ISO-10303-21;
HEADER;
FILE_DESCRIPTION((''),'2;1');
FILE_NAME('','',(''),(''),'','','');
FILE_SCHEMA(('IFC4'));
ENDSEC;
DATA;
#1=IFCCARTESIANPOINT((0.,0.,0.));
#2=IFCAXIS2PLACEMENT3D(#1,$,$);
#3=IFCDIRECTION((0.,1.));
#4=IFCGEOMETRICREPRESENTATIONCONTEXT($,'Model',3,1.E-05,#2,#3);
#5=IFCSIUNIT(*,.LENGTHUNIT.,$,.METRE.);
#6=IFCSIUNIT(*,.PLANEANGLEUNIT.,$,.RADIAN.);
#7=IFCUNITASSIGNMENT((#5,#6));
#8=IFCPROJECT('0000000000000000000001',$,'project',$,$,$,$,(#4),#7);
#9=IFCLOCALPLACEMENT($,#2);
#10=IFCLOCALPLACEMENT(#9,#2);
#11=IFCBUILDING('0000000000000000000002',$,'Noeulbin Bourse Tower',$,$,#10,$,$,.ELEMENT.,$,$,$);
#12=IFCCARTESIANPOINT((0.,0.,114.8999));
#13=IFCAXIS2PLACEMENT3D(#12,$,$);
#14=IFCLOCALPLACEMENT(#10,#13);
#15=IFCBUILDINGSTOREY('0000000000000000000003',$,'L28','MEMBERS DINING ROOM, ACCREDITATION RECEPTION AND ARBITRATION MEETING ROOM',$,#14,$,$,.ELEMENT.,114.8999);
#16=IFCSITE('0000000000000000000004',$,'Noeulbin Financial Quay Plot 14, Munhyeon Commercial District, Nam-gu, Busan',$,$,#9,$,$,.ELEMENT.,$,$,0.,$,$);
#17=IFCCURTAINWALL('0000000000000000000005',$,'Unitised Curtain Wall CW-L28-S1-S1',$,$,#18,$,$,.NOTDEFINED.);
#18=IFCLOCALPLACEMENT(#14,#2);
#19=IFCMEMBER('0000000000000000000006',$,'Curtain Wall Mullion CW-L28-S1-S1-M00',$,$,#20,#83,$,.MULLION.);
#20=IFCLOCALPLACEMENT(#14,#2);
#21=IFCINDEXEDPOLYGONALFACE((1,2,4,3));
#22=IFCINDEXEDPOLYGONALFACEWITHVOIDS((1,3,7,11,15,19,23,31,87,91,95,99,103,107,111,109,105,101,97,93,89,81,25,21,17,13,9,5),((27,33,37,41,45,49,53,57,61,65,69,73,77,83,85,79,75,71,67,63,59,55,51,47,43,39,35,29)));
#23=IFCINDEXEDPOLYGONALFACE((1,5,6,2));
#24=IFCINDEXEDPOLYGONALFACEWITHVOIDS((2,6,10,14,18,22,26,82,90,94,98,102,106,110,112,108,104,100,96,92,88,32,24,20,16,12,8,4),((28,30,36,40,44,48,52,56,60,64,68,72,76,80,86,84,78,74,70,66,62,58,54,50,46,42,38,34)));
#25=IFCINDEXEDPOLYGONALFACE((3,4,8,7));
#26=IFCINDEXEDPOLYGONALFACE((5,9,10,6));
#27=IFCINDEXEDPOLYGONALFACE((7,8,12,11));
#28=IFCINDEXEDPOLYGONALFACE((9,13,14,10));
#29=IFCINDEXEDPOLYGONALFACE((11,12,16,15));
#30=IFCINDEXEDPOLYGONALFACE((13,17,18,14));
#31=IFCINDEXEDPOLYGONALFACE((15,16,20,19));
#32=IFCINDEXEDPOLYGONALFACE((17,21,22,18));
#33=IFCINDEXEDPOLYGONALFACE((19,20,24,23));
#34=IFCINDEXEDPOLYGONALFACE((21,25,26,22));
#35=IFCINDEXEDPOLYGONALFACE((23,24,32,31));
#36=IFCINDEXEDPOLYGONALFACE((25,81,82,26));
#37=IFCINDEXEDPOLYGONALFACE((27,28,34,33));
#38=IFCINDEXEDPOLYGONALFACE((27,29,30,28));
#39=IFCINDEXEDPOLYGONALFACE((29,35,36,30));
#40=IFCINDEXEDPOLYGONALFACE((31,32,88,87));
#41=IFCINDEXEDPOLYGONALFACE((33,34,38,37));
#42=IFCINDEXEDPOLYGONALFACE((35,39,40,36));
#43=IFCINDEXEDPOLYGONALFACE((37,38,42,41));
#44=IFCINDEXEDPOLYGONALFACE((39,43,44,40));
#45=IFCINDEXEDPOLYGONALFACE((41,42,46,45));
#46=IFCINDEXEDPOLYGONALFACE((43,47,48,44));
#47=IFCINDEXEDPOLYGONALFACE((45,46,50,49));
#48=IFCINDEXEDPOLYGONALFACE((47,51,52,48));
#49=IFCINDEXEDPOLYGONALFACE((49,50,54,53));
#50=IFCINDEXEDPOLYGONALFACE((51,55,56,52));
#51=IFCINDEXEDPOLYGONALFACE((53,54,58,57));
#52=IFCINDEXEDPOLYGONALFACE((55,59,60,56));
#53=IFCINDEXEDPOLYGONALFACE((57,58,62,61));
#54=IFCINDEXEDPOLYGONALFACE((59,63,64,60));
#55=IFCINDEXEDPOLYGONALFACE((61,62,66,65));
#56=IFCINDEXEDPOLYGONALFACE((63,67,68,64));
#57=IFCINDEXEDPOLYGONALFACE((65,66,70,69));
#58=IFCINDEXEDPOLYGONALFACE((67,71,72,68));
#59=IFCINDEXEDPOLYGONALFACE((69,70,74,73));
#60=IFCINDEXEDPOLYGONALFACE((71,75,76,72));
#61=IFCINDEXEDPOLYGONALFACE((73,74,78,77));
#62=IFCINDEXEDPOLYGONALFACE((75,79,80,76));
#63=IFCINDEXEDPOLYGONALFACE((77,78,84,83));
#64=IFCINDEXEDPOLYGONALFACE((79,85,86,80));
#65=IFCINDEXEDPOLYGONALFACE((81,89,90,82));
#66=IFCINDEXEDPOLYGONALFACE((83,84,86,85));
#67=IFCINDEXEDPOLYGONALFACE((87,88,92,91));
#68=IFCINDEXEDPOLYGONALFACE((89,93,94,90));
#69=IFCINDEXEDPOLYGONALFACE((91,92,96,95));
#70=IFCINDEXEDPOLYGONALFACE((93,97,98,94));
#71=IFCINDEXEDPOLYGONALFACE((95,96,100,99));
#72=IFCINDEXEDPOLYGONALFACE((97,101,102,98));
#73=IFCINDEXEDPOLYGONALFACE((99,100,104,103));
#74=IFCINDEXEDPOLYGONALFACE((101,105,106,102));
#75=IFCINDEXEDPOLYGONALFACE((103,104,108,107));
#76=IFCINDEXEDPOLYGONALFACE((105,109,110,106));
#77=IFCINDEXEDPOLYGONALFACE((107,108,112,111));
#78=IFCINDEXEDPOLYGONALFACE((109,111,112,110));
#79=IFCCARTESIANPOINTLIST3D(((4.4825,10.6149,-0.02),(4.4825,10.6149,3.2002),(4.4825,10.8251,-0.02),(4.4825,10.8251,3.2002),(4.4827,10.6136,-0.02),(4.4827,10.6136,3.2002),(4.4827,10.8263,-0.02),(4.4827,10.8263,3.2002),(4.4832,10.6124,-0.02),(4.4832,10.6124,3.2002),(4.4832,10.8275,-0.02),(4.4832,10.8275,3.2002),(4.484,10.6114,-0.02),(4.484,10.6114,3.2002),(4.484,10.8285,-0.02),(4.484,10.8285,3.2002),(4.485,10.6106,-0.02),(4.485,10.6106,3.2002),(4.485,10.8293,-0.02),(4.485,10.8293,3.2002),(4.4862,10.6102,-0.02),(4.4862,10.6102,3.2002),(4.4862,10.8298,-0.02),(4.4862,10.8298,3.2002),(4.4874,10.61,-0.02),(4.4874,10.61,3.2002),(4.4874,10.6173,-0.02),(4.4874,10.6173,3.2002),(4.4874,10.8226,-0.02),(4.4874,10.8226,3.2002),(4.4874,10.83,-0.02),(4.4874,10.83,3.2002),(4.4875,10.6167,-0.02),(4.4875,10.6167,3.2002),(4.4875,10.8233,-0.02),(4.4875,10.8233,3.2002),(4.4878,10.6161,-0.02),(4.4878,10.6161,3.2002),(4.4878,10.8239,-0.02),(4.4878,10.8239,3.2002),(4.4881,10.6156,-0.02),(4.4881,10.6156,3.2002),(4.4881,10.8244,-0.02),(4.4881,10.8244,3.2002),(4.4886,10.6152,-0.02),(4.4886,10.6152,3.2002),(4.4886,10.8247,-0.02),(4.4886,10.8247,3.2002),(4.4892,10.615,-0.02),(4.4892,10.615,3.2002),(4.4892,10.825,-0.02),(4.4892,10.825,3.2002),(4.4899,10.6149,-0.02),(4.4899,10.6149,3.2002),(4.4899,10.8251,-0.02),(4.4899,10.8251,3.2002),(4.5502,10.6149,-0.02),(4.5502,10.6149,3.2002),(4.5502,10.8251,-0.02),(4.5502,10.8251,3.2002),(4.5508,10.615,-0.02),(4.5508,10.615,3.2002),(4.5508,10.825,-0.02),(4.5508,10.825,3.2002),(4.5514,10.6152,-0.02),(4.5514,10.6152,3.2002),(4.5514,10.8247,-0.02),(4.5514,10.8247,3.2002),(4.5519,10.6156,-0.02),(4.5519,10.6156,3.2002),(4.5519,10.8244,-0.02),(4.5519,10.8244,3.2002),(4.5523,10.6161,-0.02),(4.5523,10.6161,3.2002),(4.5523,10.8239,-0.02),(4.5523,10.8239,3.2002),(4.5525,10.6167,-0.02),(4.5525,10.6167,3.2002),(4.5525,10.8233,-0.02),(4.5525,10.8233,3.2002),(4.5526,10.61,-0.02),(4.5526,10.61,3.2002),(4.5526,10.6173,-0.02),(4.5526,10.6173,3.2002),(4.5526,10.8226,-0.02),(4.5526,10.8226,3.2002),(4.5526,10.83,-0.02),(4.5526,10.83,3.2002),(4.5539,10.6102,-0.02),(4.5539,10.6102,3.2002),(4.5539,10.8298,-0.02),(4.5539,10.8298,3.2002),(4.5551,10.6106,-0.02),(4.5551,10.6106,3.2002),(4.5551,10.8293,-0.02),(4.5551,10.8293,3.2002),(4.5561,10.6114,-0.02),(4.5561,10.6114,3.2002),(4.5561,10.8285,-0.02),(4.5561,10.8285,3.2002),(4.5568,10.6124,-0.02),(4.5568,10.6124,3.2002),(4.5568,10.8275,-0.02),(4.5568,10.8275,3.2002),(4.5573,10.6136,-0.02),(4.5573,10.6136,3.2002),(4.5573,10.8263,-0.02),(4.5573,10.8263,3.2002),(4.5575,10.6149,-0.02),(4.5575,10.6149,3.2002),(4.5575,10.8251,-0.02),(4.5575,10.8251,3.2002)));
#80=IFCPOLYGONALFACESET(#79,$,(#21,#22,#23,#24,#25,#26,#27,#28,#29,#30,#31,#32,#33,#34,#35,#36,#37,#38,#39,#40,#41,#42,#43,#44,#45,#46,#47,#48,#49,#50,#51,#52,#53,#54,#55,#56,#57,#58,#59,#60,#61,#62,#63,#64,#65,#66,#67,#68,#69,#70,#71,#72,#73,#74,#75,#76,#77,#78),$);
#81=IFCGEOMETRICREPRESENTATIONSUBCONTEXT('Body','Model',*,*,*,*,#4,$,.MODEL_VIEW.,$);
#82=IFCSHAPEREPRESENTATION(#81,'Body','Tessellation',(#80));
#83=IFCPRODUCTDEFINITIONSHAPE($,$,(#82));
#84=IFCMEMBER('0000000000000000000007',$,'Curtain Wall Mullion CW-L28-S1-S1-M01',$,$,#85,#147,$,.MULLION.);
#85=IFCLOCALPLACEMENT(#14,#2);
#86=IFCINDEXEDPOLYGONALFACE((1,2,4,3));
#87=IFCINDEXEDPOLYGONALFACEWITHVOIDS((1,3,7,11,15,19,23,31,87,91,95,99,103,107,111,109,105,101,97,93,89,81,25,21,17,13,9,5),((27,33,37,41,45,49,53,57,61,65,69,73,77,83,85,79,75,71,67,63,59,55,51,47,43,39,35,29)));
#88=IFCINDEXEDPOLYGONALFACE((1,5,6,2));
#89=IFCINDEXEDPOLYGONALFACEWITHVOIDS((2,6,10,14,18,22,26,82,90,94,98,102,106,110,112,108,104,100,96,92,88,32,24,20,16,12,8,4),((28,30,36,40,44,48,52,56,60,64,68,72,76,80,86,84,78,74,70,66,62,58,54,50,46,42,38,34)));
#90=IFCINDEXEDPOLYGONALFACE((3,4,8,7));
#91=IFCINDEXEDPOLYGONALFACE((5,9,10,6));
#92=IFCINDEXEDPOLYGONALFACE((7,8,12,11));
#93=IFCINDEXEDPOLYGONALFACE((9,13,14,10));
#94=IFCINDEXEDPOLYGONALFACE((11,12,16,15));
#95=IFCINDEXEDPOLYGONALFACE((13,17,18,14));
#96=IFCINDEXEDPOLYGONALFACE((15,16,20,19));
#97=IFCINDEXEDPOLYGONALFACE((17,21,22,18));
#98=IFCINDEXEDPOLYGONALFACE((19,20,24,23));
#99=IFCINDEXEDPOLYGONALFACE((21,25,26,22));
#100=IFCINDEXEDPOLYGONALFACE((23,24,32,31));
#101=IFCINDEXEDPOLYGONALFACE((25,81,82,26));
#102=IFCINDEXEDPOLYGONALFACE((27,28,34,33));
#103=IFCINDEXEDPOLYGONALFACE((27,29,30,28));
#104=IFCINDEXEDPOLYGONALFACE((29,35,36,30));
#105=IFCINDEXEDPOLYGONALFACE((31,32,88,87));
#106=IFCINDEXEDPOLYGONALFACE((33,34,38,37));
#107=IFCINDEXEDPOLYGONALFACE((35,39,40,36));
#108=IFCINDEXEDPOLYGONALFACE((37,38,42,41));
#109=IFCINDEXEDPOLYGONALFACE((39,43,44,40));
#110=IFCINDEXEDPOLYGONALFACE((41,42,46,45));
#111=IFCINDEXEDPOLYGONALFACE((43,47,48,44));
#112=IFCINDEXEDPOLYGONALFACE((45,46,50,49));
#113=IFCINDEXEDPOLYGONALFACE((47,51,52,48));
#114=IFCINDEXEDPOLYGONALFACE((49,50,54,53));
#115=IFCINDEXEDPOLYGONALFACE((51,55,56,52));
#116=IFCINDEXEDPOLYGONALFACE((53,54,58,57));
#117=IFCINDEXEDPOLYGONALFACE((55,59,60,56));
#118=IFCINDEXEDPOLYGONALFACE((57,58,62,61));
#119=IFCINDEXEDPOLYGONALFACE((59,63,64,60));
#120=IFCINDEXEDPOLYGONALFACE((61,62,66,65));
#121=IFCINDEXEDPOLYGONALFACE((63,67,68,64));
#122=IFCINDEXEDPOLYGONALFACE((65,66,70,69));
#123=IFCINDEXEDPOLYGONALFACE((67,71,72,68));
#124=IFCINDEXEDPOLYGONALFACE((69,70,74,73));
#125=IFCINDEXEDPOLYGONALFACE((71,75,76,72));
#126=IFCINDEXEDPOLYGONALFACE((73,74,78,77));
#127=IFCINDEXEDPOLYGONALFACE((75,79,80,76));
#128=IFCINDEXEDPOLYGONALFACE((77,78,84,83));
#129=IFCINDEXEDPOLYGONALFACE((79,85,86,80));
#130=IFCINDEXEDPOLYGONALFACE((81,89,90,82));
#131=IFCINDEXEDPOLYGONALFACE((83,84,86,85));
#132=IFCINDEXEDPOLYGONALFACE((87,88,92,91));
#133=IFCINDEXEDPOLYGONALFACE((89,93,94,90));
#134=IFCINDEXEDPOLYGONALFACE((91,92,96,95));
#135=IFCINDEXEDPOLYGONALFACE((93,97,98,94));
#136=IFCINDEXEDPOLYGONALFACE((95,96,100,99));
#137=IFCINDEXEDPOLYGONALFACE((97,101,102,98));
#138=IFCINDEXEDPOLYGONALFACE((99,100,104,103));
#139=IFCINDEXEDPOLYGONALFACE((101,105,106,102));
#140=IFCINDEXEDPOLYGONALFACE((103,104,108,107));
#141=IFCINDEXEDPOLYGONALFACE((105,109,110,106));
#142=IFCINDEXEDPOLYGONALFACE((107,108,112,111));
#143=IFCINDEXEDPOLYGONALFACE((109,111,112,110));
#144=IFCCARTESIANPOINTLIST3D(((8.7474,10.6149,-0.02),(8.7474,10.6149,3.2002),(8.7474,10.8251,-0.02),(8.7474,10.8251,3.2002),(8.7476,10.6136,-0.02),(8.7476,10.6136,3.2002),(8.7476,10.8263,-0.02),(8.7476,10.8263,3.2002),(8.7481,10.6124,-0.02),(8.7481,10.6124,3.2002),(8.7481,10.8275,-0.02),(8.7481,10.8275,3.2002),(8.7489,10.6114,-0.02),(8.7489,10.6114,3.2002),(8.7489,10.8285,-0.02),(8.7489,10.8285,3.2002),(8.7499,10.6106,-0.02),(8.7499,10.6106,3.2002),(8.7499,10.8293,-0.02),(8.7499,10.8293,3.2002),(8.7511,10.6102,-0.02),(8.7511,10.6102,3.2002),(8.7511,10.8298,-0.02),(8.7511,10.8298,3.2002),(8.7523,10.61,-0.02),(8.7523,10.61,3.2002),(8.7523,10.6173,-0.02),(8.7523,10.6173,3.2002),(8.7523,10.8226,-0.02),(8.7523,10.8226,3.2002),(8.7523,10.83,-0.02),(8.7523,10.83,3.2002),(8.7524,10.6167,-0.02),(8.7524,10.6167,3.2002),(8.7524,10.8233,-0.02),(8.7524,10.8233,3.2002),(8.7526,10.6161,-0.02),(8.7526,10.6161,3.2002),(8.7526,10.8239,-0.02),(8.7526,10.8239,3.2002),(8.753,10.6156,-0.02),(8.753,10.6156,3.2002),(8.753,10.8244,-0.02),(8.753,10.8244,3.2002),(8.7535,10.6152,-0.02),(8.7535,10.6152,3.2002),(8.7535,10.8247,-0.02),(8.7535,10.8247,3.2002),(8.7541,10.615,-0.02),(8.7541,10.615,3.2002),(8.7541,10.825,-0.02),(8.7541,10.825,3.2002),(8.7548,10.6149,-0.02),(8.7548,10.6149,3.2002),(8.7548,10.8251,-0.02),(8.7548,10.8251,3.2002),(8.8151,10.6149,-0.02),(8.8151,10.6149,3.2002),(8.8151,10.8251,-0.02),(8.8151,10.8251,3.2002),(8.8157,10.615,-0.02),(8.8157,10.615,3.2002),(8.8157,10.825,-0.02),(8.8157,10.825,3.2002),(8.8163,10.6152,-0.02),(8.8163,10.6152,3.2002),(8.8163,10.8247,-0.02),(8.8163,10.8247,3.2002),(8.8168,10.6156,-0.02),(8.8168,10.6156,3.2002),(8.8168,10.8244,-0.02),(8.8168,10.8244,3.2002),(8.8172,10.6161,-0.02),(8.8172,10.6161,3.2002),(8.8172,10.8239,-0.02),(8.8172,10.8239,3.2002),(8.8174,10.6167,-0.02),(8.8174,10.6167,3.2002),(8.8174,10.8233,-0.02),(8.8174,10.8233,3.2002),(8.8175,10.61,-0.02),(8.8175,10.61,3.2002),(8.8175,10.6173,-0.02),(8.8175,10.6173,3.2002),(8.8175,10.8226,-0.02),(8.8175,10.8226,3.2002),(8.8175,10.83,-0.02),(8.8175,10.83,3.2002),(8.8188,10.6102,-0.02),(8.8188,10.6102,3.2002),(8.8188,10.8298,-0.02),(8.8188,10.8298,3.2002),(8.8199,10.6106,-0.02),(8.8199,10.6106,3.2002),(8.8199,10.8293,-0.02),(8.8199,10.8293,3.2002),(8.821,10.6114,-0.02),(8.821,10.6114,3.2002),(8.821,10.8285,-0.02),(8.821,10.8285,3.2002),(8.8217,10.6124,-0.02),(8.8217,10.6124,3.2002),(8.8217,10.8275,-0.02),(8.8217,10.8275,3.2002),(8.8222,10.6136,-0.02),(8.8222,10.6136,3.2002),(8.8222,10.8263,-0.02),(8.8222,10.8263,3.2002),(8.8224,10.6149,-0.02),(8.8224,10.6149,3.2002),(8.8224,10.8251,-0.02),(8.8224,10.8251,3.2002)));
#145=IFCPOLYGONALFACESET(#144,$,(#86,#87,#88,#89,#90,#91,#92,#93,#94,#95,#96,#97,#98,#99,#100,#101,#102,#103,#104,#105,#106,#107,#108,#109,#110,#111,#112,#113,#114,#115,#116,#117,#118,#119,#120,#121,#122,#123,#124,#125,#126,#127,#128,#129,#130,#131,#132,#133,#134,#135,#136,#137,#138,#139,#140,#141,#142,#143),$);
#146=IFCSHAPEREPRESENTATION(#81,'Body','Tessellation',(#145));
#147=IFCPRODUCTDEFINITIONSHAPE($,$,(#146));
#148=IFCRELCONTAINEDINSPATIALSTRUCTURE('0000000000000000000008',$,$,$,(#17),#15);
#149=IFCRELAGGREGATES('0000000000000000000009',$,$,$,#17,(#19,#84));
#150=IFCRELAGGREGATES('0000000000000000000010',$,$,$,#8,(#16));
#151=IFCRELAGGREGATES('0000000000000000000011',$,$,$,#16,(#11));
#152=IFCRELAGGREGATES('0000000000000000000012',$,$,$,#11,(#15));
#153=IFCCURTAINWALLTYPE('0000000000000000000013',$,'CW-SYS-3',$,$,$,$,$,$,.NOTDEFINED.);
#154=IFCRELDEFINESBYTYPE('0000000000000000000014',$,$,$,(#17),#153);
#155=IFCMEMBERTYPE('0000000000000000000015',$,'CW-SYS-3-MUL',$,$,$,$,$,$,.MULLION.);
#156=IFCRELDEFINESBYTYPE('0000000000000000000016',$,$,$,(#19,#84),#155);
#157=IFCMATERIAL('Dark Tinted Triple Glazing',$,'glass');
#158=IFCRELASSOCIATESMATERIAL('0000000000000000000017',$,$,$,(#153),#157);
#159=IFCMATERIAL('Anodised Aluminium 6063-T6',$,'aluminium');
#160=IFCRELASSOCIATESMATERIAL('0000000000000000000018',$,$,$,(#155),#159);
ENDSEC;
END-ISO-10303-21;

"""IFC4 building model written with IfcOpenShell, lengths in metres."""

from ifc_helpers import new_model, si_unit, direction, frame, origin, origin_2d, place, context, subcontext, project, spatial, hollow_rectangle, extrude, material, material_profile, profile_set, type_object, element, aggregate, save


model = new_model("IFC4")

# Units and contexts
model_context = context("Model", 3, precision=1e-05, world=origin(), true_north=direction((0.0, 1.0)))
body_context = subcontext(model_context, "Body", "Model", "MODEL_VIEW")
ifc_project = project(units=[si_unit("LENGTHUNIT", "METRE"), si_unit("PLANEANGLEUNIT", "RADIAN")], contexts=[model_context])

# Site, building, storey
site_placement = place(None, origin())
site = spatial("IfcSite", under=ifc_project, at=site_placement, Name="Noeulbin Financial Quay Plot 14, Munhyeon Commercial District, Nam-gu, Busan", CompositionType="ELEMENT", RefElevation=0.0)
building_placement = place(site_placement, origin())
building = spatial("IfcBuilding", under=site, at=building_placement, Name="Noeulbin Bourse Tower", CompositionType="ELEMENT")
storey_placement = place(building_placement, frame((0.0, 0.0, 114.8999)))
storey = spatial("IfcBuildingStorey", under=building, at=storey_placement, Name="L28", Description="MEMBERS DINING ROOM, ACCREDITATION RECEPTION AND ARBITRATION MEETING ROOM", CompositionType="ELEMENT", Elevation=114.8999)

# Curtain wall, members
ifc_material_1 = material(Name="Dark Tinted Triple Glazing", Category="glass")
curtain_wall_type = type_object("IfcCurtainWallType", Name="CW-SYS-3", PredefinedType="NOTDEFINED", material=ifc_material_1)
curtain_wall_1_placement = place(storey_placement, origin())
curtain_wall_1 = element("IfcCurtainWall", 1, at=curtain_wall_1_placement, inside=storey, type_object=curtain_wall_type, Name="Unitised Curtain Wall CW-L28-S1-S1", PredefinedType="NOTDEFINED")
ifc_material_2 = material(Name="Anodised Aluminium 6063-T6", Category="aluminium")
ifc_material_profile_1 = material_profile(ifc_material_2, hollow_rectangle(XDim=0.075, YDim=0.22, WallThickness=0.0049, InnerFilletRadius=0.0024, OuterFilletRadius=0.0049, at=origin_2d()), Name="ALU-MULL-75x220x5", Category="LoadBearing")
ifc_profile_set_1 = profile_set([ifc_material_profile_1], Name="Anodised Aluminium 6063-T6")
member_type_1 = type_object("IfcMemberType", Name="CW-SYS-3-MUL", PredefinedType="MULLION", material=ifc_profile_set_1)
member_1_placement = place(storey_placement, frame((4.52, 10.72, -0.02), z_axis=(0.0, 0.0, 1.0), x_axis=(1.0, 0.0, 0.0)))
member_1 = element("IfcMember", 2, at=member_1_placement, type_object=member_type_1, Name="Curtain Wall Mullion CW-L28-S1-S1-M00", PredefinedType="MULLION", context=body_context, shape_type="SweptSolid", body=[
    extrude(hollow_rectangle(XDim=0.075, YDim=0.22, WallThickness=0.0049, InnerFilletRadius=0.0024, OuterFilletRadius=0.0049, at=origin_2d()), origin(), (0.0, 0.0, 1.0), 3.2202),
])
member_2_placement = place(storey_placement, frame((8.7849, 10.72, -0.02), z_axis=(0.0, 0.0, 1.0), x_axis=(1.0, 0.0, 0.0)))
member_2 = element("IfcMember", 3, at=member_2_placement, type_object=member_type_1, Name="Curtain Wall Mullion CW-L28-S1-S1-M01", PredefinedType="MULLION", context=body_context, shape_type="SweptSolid", body=[
    extrude(hollow_rectangle(XDim=0.075, YDim=0.22, WallThickness=0.0049, InnerFilletRadius=0.0024, OuterFilletRadius=0.0049, at=origin_2d()), origin(), (0.0, 0.0, 1.0), 3.2202),
])

aggregate(curtain_wall_1, [member_1, member_2])

save(model, "model.ifc")
